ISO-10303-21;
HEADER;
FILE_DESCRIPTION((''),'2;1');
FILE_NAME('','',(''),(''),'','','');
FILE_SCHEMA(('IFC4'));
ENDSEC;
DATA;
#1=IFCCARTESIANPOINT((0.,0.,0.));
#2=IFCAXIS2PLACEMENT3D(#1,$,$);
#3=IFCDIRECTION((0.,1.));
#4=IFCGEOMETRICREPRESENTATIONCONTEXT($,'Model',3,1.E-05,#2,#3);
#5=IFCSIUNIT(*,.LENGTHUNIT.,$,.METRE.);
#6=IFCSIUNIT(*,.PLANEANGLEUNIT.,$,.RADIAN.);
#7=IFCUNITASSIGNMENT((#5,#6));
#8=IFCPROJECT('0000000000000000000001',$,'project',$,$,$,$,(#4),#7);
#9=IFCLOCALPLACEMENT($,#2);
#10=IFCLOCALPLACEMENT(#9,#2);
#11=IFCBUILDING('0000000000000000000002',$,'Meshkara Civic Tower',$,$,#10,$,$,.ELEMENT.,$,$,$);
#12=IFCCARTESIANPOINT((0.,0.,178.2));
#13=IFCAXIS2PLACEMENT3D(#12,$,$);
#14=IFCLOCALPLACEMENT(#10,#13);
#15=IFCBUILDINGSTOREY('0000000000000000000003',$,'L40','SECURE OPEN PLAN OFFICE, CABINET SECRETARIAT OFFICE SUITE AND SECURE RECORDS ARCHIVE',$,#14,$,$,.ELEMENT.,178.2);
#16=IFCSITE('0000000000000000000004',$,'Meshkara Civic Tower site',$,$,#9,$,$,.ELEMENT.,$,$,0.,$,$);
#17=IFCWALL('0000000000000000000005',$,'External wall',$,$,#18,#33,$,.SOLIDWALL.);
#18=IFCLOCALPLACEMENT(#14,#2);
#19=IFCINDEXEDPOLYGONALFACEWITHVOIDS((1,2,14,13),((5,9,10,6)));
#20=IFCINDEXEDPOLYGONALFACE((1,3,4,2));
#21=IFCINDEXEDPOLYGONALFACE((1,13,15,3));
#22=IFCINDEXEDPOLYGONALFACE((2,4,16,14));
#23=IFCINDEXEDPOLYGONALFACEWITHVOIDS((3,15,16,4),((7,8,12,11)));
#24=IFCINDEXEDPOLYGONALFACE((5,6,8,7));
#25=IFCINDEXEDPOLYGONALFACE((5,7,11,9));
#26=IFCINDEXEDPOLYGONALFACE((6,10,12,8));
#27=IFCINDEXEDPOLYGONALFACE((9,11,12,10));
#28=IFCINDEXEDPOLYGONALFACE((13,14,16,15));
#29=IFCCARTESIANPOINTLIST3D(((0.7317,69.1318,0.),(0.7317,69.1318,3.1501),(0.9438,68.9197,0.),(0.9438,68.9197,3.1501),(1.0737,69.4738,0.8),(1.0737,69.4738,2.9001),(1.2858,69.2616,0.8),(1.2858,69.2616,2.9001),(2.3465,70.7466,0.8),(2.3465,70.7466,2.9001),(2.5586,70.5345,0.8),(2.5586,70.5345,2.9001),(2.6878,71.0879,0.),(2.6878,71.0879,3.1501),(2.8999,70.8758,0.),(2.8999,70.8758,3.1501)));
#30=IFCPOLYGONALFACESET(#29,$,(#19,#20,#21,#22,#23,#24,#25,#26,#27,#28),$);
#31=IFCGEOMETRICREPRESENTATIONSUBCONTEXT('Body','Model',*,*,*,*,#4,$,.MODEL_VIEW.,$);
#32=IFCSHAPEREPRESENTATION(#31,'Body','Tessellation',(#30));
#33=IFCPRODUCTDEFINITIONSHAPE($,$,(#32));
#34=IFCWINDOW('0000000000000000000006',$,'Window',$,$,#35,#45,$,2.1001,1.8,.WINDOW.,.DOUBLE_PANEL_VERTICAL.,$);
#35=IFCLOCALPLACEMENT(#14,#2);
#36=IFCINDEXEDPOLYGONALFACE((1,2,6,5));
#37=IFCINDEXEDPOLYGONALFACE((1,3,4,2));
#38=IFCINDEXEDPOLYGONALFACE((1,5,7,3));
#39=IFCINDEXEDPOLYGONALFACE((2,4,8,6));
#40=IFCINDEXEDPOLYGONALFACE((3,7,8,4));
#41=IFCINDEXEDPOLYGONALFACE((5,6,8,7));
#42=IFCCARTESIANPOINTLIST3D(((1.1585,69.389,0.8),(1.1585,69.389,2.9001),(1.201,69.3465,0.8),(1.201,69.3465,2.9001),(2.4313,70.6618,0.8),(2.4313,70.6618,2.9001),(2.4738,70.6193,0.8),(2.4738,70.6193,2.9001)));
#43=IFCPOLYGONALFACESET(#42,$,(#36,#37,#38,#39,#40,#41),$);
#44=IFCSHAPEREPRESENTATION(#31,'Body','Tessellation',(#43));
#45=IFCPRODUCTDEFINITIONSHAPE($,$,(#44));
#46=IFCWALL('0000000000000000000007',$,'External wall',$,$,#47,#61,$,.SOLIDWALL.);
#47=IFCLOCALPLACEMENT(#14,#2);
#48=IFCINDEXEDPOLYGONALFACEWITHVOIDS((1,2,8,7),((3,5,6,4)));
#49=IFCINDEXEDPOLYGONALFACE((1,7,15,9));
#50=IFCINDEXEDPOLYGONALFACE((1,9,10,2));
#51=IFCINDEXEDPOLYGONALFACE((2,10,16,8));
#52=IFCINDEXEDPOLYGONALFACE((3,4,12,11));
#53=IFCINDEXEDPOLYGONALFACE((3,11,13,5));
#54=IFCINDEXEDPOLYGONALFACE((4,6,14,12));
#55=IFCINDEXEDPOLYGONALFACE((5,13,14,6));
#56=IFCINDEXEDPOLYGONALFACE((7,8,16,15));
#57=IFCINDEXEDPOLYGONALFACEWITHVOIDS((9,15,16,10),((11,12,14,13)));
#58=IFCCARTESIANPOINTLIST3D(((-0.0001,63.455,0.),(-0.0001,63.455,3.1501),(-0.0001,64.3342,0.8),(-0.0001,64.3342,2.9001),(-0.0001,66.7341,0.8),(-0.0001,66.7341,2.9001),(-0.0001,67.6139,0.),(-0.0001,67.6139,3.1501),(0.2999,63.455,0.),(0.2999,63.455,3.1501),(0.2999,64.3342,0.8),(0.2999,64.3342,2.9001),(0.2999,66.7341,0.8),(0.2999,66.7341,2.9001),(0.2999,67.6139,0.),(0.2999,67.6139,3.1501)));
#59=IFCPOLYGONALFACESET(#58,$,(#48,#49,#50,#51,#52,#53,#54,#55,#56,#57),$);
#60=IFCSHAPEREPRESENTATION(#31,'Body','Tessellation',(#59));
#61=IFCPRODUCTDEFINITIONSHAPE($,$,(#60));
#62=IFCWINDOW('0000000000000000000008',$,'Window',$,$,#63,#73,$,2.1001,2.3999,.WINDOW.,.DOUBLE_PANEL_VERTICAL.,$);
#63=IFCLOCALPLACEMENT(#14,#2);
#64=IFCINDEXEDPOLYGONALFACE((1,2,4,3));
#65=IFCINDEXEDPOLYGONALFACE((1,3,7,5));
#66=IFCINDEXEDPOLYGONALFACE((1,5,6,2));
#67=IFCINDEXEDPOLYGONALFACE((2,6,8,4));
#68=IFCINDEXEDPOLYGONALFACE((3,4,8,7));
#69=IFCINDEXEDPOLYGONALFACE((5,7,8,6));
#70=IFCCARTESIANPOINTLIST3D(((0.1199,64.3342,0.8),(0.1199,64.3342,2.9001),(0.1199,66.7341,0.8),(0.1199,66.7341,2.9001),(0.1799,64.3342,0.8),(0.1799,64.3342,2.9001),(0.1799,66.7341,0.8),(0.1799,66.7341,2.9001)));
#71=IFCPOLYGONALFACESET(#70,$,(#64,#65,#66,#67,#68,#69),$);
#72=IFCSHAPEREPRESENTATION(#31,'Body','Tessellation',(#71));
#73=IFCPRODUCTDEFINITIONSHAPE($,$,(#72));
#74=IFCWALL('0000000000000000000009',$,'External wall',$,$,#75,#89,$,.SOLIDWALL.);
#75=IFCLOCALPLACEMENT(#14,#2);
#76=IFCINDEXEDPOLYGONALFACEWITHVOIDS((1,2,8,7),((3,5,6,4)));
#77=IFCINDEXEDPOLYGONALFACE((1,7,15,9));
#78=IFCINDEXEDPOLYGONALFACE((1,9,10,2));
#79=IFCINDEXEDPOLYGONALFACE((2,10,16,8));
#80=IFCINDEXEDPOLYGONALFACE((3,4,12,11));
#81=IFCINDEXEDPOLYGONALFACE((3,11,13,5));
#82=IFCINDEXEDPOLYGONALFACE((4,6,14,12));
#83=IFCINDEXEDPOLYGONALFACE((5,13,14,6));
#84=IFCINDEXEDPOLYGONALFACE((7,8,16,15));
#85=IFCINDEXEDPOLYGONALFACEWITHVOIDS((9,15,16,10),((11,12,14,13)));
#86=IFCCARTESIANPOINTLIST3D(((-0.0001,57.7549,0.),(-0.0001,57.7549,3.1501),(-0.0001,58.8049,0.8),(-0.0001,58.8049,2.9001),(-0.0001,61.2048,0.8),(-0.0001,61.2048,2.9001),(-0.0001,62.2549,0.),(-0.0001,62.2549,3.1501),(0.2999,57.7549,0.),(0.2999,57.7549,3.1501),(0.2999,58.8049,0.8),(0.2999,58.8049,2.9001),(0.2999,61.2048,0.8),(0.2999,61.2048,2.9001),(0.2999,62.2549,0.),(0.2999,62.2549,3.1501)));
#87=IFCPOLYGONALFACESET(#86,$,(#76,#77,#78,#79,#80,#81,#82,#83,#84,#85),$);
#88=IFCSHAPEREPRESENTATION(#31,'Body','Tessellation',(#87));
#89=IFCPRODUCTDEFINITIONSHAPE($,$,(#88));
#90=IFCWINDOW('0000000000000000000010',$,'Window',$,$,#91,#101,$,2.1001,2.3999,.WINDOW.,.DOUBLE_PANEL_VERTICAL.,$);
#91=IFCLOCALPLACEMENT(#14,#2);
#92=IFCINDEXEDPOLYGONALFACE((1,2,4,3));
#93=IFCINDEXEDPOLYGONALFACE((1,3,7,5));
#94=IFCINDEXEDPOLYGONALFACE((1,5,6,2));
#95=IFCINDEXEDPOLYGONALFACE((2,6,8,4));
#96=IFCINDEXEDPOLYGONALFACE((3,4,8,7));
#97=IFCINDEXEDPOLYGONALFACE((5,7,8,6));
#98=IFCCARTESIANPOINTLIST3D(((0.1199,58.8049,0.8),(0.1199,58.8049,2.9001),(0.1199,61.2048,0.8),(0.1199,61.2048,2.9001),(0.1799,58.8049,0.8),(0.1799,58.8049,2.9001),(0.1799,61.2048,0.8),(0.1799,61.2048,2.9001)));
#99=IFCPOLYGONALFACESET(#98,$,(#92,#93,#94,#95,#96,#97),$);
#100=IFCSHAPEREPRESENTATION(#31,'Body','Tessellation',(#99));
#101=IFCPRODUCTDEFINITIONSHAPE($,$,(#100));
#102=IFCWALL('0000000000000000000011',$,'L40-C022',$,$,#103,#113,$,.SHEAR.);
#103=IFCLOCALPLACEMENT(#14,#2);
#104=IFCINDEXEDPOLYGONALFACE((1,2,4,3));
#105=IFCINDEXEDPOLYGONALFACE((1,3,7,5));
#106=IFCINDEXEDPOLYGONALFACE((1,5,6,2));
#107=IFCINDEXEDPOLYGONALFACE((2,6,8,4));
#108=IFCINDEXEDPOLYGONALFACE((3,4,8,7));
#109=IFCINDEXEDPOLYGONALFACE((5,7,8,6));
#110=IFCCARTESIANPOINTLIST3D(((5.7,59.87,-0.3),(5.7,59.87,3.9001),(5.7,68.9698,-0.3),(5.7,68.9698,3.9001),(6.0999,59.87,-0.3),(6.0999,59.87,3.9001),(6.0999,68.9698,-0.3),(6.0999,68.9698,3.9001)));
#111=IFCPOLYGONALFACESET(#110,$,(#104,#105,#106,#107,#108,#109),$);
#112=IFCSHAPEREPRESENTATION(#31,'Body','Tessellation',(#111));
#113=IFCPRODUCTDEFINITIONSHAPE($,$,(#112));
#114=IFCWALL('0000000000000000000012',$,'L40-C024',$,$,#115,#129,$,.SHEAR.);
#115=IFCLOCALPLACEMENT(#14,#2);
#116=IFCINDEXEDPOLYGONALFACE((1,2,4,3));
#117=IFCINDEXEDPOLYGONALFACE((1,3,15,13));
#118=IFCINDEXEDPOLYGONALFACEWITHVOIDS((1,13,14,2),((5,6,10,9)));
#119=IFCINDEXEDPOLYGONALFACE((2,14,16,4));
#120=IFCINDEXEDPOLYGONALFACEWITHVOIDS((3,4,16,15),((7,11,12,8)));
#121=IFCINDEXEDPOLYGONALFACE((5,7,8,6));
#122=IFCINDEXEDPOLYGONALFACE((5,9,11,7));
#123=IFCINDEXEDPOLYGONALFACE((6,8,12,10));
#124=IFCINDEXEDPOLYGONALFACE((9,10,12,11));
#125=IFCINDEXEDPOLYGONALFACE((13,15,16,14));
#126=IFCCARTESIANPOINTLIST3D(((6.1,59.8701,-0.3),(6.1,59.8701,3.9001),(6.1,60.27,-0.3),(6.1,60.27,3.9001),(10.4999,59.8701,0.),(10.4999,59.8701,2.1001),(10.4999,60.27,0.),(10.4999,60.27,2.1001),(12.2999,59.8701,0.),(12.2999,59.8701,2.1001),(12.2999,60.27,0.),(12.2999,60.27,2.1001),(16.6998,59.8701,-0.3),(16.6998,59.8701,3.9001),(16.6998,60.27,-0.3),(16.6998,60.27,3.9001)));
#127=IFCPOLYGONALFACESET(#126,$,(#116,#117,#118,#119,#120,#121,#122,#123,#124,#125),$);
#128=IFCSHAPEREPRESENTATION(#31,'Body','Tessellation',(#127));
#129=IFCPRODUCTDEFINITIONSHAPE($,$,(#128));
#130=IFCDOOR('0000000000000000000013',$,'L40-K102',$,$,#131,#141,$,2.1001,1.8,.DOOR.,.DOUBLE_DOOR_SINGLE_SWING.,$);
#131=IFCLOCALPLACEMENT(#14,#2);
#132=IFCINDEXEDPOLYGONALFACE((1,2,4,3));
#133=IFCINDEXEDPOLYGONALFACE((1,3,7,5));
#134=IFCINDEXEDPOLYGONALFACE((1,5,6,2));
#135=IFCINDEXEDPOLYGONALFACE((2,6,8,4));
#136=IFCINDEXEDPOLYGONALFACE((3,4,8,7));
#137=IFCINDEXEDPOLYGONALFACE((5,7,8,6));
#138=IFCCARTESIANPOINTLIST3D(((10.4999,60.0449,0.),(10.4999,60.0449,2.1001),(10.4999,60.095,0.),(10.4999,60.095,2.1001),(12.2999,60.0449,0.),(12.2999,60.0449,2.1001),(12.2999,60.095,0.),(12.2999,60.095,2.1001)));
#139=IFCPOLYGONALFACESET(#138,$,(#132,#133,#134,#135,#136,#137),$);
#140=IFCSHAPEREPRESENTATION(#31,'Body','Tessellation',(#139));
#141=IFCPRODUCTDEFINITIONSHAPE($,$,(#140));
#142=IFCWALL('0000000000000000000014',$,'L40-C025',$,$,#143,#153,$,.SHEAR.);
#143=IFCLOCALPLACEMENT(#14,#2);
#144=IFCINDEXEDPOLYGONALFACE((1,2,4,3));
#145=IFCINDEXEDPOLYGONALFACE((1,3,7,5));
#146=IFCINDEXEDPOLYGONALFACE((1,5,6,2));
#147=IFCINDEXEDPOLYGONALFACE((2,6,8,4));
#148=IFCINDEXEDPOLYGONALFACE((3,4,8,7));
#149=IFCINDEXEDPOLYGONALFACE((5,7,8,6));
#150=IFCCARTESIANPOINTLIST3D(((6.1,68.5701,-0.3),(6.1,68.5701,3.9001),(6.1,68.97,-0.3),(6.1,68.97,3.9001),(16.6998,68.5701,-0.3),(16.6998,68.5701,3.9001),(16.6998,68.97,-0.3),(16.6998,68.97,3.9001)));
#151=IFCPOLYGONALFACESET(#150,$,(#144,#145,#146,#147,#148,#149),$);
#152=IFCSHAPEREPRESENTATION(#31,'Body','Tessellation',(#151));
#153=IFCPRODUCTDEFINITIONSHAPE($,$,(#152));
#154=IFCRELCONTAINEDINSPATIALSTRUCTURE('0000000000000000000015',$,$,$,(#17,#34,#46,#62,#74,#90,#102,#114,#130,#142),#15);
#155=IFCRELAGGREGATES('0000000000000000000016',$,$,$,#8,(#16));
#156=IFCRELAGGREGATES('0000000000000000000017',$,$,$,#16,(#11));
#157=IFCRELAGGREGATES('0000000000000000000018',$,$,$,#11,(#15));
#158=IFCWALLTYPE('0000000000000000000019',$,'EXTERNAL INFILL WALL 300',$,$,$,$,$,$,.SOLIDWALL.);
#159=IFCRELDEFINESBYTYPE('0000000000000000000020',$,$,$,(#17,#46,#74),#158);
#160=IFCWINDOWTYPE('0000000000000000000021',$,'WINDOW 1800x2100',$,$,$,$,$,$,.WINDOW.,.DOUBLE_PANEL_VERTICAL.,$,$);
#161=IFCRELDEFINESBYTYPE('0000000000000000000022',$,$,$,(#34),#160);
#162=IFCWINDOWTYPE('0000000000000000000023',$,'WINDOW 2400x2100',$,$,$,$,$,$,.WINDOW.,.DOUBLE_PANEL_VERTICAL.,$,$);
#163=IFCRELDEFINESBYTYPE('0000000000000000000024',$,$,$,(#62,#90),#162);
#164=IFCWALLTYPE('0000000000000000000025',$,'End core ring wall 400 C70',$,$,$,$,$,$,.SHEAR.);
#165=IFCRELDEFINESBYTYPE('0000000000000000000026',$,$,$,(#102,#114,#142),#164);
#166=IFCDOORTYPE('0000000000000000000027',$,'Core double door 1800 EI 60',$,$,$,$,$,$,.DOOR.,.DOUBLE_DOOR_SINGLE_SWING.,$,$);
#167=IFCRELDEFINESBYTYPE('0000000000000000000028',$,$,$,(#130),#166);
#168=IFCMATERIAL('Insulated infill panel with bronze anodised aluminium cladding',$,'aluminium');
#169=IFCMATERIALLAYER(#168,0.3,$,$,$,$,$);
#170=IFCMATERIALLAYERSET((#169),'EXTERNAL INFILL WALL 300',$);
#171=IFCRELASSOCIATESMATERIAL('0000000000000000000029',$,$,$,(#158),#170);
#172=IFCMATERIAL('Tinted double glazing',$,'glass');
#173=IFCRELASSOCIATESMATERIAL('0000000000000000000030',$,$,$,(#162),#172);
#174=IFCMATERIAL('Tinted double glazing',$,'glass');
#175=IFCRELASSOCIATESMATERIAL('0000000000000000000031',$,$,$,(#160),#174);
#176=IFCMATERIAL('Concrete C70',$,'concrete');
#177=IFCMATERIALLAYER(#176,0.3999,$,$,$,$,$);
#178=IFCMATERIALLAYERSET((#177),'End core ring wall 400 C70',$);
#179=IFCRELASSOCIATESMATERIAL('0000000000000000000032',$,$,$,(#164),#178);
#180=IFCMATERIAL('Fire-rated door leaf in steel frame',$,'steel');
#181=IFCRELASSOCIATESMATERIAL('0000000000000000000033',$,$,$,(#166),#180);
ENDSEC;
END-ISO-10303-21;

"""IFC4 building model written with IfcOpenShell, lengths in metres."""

from ifc_helpers import new_model, si_unit, direction, frame, frame_2d, origin, place, context, subcontext, project, spatial, rectangle, extrude, material, layer, layer_set, type_object, element, fill, save


model = new_model("IFC4")

# Units and contexts
model_context = context("Model", 3, precision=1e-05, world=origin(), true_north=direction((0.0, 1.0)))
body_context = subcontext(model_context, "Body", "Model", "MODEL_VIEW")
ifc_project = project(units=[si_unit("LENGTHUNIT", "METRE"), si_unit("PLANEANGLEUNIT", "RADIAN")], contexts=[model_context])

# Site, building, storey
site_placement = place(None, origin())
site = spatial("IfcSite", under=ifc_project, at=site_placement, Name="Meshkara Civic Tower site", CompositionType="ELEMENT", RefElevation=0.0)
building_placement = place(site_placement, origin())
building = spatial("IfcBuilding", under=site, at=building_placement, Name="Meshkara Civic Tower", CompositionType="ELEMENT")
storey_placement = place(building_placement, frame((0.0, 0.0, 178.2)))
storey = spatial("IfcBuildingStorey", under=building, at=storey_placement, Name="L40", Description="SECURE OPEN PLAN OFFICE, CABINET SECRETARIAT OFFICE SUITE AND SECURE RECORDS ARCHIVE", CompositionType="ELEMENT", Elevation=178.2)

# Walls, openings, windows
ifc_material_1 = material(Name="Insulated infill panel with bronze anodised aluminium cladding", Category="aluminium")
ifc_layer_1 = layer(ifc_material_1, 0.3)
ifc_layer_set_1 = layer_set([ifc_layer_1], Name="EXTERNAL INFILL WALL 300")
wall_type_1 = type_object("IfcWallType", Name="EXTERNAL INFILL WALL 300", PredefinedType="SOLIDWALL", material=ifc_layer_set_1)
ifc_material_2 = material(Name="Tinted double glazing", Category="glass")
window_type_1 = type_object("IfcWindowType", Name="WINDOW 2400x2100", PartitioningType="DOUBLE_PANEL_VERTICAL", PredefinedType="WINDOW", material=ifc_material_2)
wall_1_placement = place(storey_placement, frame((2.7939, 70.9819, 0.0), z_axis=(0.0, 0.0, 1.0), x_axis=(-0.707107, -0.707107, 0.0)))
wall_1 = element("IfcWall", 1, at=wall_1_placement, inside=storey, type_object=wall_type_1, Name="External wall", PredefinedType="SOLIDWALL", context=body_context, shape_type="SweptSolid", body=[
    extrude(rectangle(XDim=2.7664, YDim=0.3, at=frame_2d((1.3833, 0.0))), origin(), (0.0, 0.0, 1.0), 3.1501),
])
opening_1_placement = place(wall_1_placement, frame((0.4829, 0.0, 0.8)))
opening_1 = element("IfcOpeningElement", 2, at=opening_1_placement, cuts=wall_1, PredefinedType="OPENING", context=body_context, shape_type="SweptSolid", body=[
    extrude(rectangle(XDim=1.8, YDim=2.1001, at=frame_2d((0.8999, 1.05))), frame((0.0, 0.1599, 0.0), z_axis=(0.0, -1.0, 0.0), x_axis=(1.0, 0.0, 0.0)), (0.0, 0.0, 1.0), 0.3201),
])
ifc_material_3 = material(Name="Tinted double glazing", Category="glass")
window_type_2 = type_object("IfcWindowType", Name="WINDOW 1800x2100", PartitioningType="DOUBLE_PANEL_VERTICAL", PredefinedType="WINDOW", material=ifc_material_3)
window_1_placement = place(opening_1_placement, origin())
window_1 = element("IfcWindow", 3, at=window_1_placement, inside=storey, type_object=window_type_2, Name="Window", OverallHeight=2.1001, OverallWidth=1.8, PartitioningType="DOUBLE_PANEL_VERTICAL", PredefinedType="WINDOW", context=body_context, shape_type="SweptSolid", body=[
    extrude(rectangle(XDim=1.8, YDim=2.1001, at=frame_2d((0.8999, 1.05))), frame((0.0, 0.03, 0.0), z_axis=(0.0, -1.0, 0.0), x_axis=(1.0, 0.0, 0.0)), (0.0, 0.0, 1.0), 0.0601),
])
fill(opening_1, window_1)
wall_2_placement = place(storey_placement, frame((0.1499, 67.614, 0.0), z_axis=(0.0, 0.0, 1.0), x_axis=(0.0, -1.0, 0.0)))
wall_2 = element("IfcWall", 4, at=wall_2_placement, inside=storey, type_object=wall_type_1, Name="External wall", PredefinedType="SOLIDWALL", context=body_context, shape_type="SweptSolid", body=[
    extrude(rectangle(XDim=4.1589, YDim=0.3, at=frame_2d((2.0796, 0.0))), origin(), (0.0, 0.0, 1.0), 3.1501),
])
opening_2_placement = place(wall_2_placement, frame((0.8799, 0.0, 0.8)))
opening_2 = element("IfcOpeningElement", 5, at=opening_2_placement, cuts=wall_2, PredefinedType="OPENING", context=body_context, shape_type="SweptSolid", body=[
    extrude(rectangle(XDim=2.3999, YDim=2.1001, at=frame_2d((1.2, 1.05))), frame((0.0, 0.1599, 0.0), z_axis=(0.0, -1.0, 0.0), x_axis=(1.0, 0.0, 0.0)), (0.0, 0.0, 1.0), 0.3201),
])
window_2_placement = place(opening_2_placement, origin())
window_2 = element("IfcWindow", 6, at=window_2_placement, inside=storey, type_object=window_type_1, Name="Window", OverallHeight=2.1001, OverallWidth=2.3999, PartitioningType="DOUBLE_PANEL_VERTICAL", PredefinedType="WINDOW", context=body_context, shape_type="SweptSolid", body=[
    extrude(rectangle(XDim=2.3999, YDim=2.1001, at=frame_2d((1.2, 1.05))), frame((0.0, 0.03, 0.0), z_axis=(0.0, -1.0, 0.0), x_axis=(1.0, 0.0, 0.0)), (0.0, 0.0, 1.0), 0.0601),
])
fill(opening_2, window_2)
wall_3_placement = place(storey_placement, frame((0.1499, 62.2549, 0.0), z_axis=(0.0, 0.0, 1.0), x_axis=(0.0, -1.0, 0.0)))
wall_3 = element("IfcWall", 7, at=wall_3_placement, inside=storey, type_object=wall_type_1, Name="External wall", PredefinedType="SOLIDWALL", context=body_context, shape_type="SweptSolid", body=[
    extrude(rectangle(XDim=4.5, YDim=0.3, at=frame_2d((2.25, 0.0))), origin(), (0.0, 0.0, 1.0), 3.1501),
])
opening_3_placement = place(wall_3_placement, frame((1.05, 0.0, 0.8)))
opening_3 = element("IfcOpeningElement", 8, at=opening_3_placement, cuts=wall_3, PredefinedType="OPENING", context=body_context, shape_type="SweptSolid", body=[
    extrude(rectangle(XDim=2.3999, YDim=2.1001, at=frame_2d((1.2, 1.05))), frame((0.0, 0.1599, 0.0), z_axis=(0.0, -1.0, 0.0), x_axis=(1.0, 0.0, 0.0)), (0.0, 0.0, 1.0), 0.3201),
])
window_3_placement = place(opening_3_placement, origin())
window_3 = element("IfcWindow", 9, at=window_3_placement, inside=storey, type_object=window_type_1, Name="Window", OverallHeight=2.1001, OverallWidth=2.3999, PartitioningType="DOUBLE_PANEL_VERTICAL", PredefinedType="WINDOW", context=body_context, shape_type="SweptSolid", body=[
    extrude(rectangle(XDim=2.3999, YDim=2.1001, at=frame_2d((1.2, 1.05))), frame((0.0, 0.03, 0.0), z_axis=(0.0, -1.0, 0.0), x_axis=(1.0, 0.0, 0.0)), (0.0, 0.0, 1.0), 0.0601),
])
fill(opening_3, window_3)

# Wall
ifc_material_4 = material(Name="Concrete C70", Category="concrete")
ifc_layer_2 = layer(ifc_material_4, 0.3999)
ifc_layer_set_2 = layer_set([ifc_layer_2], Name="End core ring wall 400 C70")
wall_type_2 = type_object("IfcWallType", Name="End core ring wall 400 C70", PredefinedType="SHEAR", material=ifc_layer_set_2)
wall_4_placement = place(storey_placement, frame((5.8999, 59.8701, -0.3), z_axis=(0.0, 0.0, 1.0), x_axis=(0.0, 1.0, 0.0)))
element("IfcWall", 10, at=wall_4_placement, inside=storey, type_object=wall_type_2, Name="L40-C022", PredefinedType="SHEAR", context=body_context, shape_type="SweptSolid", body=[
    extrude(rectangle(XDim=9.0999, YDim=0.3999, at=frame_2d((4.5498, 0.0))), origin(), (0.0, 0.0, 1.0), 4.2002),
])

# Wall, opening, door
wall_5_placement = place(storey_placement, frame((6.1001, 60.0701, -0.3), z_axis=(0.0, 0.0, 1.0), x_axis=(1.0, 0.0, 0.0)))
wall_5 = element("IfcWall", 11, at=wall_5_placement, inside=storey, type_object=wall_type_2, Name="L40-C024", PredefinedType="SHEAR", context=body_context, shape_type="SweptSolid", body=[
    extrude(rectangle(XDim=10.5999, YDim=0.3999, at=frame_2d((5.2998, 0.0))), origin(), (0.0, 0.0, 1.0), 4.2002),
])
opening_4_placement = place(wall_5_placement, frame((4.3999, 0.0, 0.3)))
opening_4 = element("IfcOpeningElement", 12, at=opening_4_placement, cuts=wall_5, PredefinedType="OPENING", context=body_context, shape_type="SweptSolid", body=[
    extrude(rectangle(XDim=1.8, YDim=2.1001, at=frame_2d((0.8999, 1.05))), frame((0.0, 0.21, 0.0), z_axis=(0.0, -1.0, 0.0), x_axis=(1.0, 0.0, 0.0)), (0.0, 0.0, 1.0), 0.4199),
])
ifc_material_5 = material(Name="Fire-rated door leaf in steel frame", Category="steel")
door_type_1 = type_object("IfcDoorType", Name="Core double door 1800 EI 60", OperationType="DOUBLE_DOOR_SINGLE_SWING", PredefinedType="DOOR", material=ifc_material_5)
door_1_placement = place(opening_4_placement, origin())
door_1 = element("IfcDoor", 13, at=door_1_placement, inside=storey, type_object=door_type_1, Name="L40-K102", OperationType="DOUBLE_DOOR_SINGLE_SWING", OverallHeight=2.1001, OverallWidth=1.8, PredefinedType="DOOR", context=body_context, shape_type="SweptSolid", body=[
    extrude(rectangle(XDim=1.8, YDim=2.1001, at=frame_2d((0.8999, 1.05))), frame((0.0, 0.0249, 0.0), z_axis=(0.0, -1.0, 0.0), x_axis=(1.0, 0.0, 0.0)), (0.0, 0.0, 1.0), 0.05),
])
fill(opening_4, door_1)

# Wall
wall_6_placement = place(storey_placement, frame((6.1001, 68.77, -0.3), z_axis=(0.0, 0.0, 1.0), x_axis=(1.0, 0.0, 0.0)))
element("IfcWall", 14, at=wall_6_placement, inside=storey, type_object=wall_type_2, Name="L40-C025", PredefinedType="SHEAR", context=body_context, shape_type="SweptSolid", body=[
    extrude(rectangle(XDim=10.5999, YDim=0.3999, at=frame_2d((5.2998, 0.0))), origin(), (0.0, 0.0, 1.0), 4.2002),
])

save(model, "model.ifc")
